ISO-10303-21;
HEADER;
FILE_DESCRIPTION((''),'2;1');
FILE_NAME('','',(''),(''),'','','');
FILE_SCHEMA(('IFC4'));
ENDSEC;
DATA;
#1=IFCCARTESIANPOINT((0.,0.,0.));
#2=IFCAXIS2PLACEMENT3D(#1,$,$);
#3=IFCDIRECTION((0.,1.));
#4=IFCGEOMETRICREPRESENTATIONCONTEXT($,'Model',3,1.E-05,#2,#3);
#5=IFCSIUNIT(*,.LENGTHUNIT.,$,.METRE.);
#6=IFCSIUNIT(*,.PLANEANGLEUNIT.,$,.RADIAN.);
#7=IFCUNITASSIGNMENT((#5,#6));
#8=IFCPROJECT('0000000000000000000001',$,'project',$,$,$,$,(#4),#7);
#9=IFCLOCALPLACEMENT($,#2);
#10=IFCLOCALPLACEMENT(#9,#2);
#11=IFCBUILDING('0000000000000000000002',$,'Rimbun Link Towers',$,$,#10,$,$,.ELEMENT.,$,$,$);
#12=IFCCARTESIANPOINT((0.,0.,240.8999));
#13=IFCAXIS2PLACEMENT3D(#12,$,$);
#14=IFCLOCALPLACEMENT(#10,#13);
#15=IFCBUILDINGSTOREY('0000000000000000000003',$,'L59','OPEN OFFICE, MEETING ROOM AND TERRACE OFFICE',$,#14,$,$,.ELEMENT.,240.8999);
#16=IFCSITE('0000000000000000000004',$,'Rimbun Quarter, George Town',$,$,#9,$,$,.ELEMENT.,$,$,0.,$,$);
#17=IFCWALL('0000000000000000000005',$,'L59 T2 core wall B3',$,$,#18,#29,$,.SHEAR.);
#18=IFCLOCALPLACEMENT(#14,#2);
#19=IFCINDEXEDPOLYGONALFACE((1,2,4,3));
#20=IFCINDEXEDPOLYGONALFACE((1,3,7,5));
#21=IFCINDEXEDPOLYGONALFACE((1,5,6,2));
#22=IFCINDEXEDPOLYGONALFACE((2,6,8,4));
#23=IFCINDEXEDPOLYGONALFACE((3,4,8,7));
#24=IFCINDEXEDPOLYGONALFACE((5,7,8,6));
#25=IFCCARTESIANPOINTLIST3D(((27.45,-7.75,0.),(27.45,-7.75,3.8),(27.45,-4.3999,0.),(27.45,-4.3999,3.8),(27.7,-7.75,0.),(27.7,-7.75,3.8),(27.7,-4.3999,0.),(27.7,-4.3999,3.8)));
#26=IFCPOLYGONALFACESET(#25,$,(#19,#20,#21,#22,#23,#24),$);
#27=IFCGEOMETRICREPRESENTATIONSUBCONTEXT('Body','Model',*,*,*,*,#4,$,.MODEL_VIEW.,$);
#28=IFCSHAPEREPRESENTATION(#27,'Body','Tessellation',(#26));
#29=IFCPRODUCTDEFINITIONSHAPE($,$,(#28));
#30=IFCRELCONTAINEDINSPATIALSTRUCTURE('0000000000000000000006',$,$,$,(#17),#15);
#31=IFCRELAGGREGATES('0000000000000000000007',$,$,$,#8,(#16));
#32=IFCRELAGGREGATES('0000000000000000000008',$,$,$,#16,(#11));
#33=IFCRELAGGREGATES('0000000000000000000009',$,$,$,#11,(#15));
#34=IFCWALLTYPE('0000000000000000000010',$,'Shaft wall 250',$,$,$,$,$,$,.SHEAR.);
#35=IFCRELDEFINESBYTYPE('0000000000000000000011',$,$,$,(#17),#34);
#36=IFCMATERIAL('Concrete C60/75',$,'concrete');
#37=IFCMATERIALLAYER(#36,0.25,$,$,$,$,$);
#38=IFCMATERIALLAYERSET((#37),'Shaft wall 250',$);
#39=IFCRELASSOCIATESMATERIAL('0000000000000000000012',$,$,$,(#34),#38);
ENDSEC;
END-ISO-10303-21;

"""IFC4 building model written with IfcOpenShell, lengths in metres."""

from ifc_helpers import new_model, si_unit, direction, frame, frame_2d, origin, place, context, subcontext, project, spatial, rectangle, extrude, material, layer, layer_set, type_object, element, save


model = new_model("IFC4")

# Units and contexts
model_context = context("Model", 3, precision=1e-05, world=origin(), true_north=direction((0.0, 1.0)))
body_context = subcontext(model_context, "Body", "Model", "MODEL_VIEW")
ifc_project = project(units=[si_unit("LENGTHUNIT", "METRE"), si_unit("PLANEANGLEUNIT", "RADIAN")], contexts=[model_context])

# Site, building, storey
site_placement = place(None, origin())
site = spatial("IfcSite", under=ifc_project, at=site_placement, Name="Rimbun Quarter, George Town", CompositionType="ELEMENT", RefElevation=0.0)
building_placement = place(site_placement, origin())
building = spatial("IfcBuilding", under=site, at=building_placement, Name="Rimbun Link Towers", CompositionType="ELEMENT")
storey_placement = place(building_placement, frame((0.0, 0.0, 240.8999)))
storey = spatial("IfcBuildingStorey", under=building, at=storey_placement, Name="L59", Description="OPEN OFFICE, MEETING ROOM AND TERRACE OFFICE", CompositionType="ELEMENT", Elevation=240.8999)

# Shared definitions
ifc_material_1 = material(Name="Concrete C60/75", Category="concrete")
ifc_layer_1 = layer(ifc_material_1, 0.25)
ifc_layer_set_1 = layer_set([ifc_layer_1], Name="Shaft wall 250")
wall_type_1 = type_object("IfcWallType", Name="Shaft wall 250", PredefinedType="SHEAR", material=ifc_layer_set_1)

# Wall
wall_1_placement = place(storey_placement, frame((27.575, -4.3999, 0.0), z_axis=(0.0, 0.0, 1.0), x_axis=(0.0, -1.0, 0.0)))
element("IfcWall", 1, at=wall_1_placement, inside=storey, type_object=wall_type_1, Name="L59 T2 core wall B3", PredefinedType="SHEAR", context=body_context, shape_type="SweptSolid", body=[
    extrude(rectangle(XDim=3.3501, YDim=0.25, at=frame_2d((1.675, 0.0))), origin(), (0.0, 0.0, 1.0), 3.8),
])

save(model, "model.ifc")
